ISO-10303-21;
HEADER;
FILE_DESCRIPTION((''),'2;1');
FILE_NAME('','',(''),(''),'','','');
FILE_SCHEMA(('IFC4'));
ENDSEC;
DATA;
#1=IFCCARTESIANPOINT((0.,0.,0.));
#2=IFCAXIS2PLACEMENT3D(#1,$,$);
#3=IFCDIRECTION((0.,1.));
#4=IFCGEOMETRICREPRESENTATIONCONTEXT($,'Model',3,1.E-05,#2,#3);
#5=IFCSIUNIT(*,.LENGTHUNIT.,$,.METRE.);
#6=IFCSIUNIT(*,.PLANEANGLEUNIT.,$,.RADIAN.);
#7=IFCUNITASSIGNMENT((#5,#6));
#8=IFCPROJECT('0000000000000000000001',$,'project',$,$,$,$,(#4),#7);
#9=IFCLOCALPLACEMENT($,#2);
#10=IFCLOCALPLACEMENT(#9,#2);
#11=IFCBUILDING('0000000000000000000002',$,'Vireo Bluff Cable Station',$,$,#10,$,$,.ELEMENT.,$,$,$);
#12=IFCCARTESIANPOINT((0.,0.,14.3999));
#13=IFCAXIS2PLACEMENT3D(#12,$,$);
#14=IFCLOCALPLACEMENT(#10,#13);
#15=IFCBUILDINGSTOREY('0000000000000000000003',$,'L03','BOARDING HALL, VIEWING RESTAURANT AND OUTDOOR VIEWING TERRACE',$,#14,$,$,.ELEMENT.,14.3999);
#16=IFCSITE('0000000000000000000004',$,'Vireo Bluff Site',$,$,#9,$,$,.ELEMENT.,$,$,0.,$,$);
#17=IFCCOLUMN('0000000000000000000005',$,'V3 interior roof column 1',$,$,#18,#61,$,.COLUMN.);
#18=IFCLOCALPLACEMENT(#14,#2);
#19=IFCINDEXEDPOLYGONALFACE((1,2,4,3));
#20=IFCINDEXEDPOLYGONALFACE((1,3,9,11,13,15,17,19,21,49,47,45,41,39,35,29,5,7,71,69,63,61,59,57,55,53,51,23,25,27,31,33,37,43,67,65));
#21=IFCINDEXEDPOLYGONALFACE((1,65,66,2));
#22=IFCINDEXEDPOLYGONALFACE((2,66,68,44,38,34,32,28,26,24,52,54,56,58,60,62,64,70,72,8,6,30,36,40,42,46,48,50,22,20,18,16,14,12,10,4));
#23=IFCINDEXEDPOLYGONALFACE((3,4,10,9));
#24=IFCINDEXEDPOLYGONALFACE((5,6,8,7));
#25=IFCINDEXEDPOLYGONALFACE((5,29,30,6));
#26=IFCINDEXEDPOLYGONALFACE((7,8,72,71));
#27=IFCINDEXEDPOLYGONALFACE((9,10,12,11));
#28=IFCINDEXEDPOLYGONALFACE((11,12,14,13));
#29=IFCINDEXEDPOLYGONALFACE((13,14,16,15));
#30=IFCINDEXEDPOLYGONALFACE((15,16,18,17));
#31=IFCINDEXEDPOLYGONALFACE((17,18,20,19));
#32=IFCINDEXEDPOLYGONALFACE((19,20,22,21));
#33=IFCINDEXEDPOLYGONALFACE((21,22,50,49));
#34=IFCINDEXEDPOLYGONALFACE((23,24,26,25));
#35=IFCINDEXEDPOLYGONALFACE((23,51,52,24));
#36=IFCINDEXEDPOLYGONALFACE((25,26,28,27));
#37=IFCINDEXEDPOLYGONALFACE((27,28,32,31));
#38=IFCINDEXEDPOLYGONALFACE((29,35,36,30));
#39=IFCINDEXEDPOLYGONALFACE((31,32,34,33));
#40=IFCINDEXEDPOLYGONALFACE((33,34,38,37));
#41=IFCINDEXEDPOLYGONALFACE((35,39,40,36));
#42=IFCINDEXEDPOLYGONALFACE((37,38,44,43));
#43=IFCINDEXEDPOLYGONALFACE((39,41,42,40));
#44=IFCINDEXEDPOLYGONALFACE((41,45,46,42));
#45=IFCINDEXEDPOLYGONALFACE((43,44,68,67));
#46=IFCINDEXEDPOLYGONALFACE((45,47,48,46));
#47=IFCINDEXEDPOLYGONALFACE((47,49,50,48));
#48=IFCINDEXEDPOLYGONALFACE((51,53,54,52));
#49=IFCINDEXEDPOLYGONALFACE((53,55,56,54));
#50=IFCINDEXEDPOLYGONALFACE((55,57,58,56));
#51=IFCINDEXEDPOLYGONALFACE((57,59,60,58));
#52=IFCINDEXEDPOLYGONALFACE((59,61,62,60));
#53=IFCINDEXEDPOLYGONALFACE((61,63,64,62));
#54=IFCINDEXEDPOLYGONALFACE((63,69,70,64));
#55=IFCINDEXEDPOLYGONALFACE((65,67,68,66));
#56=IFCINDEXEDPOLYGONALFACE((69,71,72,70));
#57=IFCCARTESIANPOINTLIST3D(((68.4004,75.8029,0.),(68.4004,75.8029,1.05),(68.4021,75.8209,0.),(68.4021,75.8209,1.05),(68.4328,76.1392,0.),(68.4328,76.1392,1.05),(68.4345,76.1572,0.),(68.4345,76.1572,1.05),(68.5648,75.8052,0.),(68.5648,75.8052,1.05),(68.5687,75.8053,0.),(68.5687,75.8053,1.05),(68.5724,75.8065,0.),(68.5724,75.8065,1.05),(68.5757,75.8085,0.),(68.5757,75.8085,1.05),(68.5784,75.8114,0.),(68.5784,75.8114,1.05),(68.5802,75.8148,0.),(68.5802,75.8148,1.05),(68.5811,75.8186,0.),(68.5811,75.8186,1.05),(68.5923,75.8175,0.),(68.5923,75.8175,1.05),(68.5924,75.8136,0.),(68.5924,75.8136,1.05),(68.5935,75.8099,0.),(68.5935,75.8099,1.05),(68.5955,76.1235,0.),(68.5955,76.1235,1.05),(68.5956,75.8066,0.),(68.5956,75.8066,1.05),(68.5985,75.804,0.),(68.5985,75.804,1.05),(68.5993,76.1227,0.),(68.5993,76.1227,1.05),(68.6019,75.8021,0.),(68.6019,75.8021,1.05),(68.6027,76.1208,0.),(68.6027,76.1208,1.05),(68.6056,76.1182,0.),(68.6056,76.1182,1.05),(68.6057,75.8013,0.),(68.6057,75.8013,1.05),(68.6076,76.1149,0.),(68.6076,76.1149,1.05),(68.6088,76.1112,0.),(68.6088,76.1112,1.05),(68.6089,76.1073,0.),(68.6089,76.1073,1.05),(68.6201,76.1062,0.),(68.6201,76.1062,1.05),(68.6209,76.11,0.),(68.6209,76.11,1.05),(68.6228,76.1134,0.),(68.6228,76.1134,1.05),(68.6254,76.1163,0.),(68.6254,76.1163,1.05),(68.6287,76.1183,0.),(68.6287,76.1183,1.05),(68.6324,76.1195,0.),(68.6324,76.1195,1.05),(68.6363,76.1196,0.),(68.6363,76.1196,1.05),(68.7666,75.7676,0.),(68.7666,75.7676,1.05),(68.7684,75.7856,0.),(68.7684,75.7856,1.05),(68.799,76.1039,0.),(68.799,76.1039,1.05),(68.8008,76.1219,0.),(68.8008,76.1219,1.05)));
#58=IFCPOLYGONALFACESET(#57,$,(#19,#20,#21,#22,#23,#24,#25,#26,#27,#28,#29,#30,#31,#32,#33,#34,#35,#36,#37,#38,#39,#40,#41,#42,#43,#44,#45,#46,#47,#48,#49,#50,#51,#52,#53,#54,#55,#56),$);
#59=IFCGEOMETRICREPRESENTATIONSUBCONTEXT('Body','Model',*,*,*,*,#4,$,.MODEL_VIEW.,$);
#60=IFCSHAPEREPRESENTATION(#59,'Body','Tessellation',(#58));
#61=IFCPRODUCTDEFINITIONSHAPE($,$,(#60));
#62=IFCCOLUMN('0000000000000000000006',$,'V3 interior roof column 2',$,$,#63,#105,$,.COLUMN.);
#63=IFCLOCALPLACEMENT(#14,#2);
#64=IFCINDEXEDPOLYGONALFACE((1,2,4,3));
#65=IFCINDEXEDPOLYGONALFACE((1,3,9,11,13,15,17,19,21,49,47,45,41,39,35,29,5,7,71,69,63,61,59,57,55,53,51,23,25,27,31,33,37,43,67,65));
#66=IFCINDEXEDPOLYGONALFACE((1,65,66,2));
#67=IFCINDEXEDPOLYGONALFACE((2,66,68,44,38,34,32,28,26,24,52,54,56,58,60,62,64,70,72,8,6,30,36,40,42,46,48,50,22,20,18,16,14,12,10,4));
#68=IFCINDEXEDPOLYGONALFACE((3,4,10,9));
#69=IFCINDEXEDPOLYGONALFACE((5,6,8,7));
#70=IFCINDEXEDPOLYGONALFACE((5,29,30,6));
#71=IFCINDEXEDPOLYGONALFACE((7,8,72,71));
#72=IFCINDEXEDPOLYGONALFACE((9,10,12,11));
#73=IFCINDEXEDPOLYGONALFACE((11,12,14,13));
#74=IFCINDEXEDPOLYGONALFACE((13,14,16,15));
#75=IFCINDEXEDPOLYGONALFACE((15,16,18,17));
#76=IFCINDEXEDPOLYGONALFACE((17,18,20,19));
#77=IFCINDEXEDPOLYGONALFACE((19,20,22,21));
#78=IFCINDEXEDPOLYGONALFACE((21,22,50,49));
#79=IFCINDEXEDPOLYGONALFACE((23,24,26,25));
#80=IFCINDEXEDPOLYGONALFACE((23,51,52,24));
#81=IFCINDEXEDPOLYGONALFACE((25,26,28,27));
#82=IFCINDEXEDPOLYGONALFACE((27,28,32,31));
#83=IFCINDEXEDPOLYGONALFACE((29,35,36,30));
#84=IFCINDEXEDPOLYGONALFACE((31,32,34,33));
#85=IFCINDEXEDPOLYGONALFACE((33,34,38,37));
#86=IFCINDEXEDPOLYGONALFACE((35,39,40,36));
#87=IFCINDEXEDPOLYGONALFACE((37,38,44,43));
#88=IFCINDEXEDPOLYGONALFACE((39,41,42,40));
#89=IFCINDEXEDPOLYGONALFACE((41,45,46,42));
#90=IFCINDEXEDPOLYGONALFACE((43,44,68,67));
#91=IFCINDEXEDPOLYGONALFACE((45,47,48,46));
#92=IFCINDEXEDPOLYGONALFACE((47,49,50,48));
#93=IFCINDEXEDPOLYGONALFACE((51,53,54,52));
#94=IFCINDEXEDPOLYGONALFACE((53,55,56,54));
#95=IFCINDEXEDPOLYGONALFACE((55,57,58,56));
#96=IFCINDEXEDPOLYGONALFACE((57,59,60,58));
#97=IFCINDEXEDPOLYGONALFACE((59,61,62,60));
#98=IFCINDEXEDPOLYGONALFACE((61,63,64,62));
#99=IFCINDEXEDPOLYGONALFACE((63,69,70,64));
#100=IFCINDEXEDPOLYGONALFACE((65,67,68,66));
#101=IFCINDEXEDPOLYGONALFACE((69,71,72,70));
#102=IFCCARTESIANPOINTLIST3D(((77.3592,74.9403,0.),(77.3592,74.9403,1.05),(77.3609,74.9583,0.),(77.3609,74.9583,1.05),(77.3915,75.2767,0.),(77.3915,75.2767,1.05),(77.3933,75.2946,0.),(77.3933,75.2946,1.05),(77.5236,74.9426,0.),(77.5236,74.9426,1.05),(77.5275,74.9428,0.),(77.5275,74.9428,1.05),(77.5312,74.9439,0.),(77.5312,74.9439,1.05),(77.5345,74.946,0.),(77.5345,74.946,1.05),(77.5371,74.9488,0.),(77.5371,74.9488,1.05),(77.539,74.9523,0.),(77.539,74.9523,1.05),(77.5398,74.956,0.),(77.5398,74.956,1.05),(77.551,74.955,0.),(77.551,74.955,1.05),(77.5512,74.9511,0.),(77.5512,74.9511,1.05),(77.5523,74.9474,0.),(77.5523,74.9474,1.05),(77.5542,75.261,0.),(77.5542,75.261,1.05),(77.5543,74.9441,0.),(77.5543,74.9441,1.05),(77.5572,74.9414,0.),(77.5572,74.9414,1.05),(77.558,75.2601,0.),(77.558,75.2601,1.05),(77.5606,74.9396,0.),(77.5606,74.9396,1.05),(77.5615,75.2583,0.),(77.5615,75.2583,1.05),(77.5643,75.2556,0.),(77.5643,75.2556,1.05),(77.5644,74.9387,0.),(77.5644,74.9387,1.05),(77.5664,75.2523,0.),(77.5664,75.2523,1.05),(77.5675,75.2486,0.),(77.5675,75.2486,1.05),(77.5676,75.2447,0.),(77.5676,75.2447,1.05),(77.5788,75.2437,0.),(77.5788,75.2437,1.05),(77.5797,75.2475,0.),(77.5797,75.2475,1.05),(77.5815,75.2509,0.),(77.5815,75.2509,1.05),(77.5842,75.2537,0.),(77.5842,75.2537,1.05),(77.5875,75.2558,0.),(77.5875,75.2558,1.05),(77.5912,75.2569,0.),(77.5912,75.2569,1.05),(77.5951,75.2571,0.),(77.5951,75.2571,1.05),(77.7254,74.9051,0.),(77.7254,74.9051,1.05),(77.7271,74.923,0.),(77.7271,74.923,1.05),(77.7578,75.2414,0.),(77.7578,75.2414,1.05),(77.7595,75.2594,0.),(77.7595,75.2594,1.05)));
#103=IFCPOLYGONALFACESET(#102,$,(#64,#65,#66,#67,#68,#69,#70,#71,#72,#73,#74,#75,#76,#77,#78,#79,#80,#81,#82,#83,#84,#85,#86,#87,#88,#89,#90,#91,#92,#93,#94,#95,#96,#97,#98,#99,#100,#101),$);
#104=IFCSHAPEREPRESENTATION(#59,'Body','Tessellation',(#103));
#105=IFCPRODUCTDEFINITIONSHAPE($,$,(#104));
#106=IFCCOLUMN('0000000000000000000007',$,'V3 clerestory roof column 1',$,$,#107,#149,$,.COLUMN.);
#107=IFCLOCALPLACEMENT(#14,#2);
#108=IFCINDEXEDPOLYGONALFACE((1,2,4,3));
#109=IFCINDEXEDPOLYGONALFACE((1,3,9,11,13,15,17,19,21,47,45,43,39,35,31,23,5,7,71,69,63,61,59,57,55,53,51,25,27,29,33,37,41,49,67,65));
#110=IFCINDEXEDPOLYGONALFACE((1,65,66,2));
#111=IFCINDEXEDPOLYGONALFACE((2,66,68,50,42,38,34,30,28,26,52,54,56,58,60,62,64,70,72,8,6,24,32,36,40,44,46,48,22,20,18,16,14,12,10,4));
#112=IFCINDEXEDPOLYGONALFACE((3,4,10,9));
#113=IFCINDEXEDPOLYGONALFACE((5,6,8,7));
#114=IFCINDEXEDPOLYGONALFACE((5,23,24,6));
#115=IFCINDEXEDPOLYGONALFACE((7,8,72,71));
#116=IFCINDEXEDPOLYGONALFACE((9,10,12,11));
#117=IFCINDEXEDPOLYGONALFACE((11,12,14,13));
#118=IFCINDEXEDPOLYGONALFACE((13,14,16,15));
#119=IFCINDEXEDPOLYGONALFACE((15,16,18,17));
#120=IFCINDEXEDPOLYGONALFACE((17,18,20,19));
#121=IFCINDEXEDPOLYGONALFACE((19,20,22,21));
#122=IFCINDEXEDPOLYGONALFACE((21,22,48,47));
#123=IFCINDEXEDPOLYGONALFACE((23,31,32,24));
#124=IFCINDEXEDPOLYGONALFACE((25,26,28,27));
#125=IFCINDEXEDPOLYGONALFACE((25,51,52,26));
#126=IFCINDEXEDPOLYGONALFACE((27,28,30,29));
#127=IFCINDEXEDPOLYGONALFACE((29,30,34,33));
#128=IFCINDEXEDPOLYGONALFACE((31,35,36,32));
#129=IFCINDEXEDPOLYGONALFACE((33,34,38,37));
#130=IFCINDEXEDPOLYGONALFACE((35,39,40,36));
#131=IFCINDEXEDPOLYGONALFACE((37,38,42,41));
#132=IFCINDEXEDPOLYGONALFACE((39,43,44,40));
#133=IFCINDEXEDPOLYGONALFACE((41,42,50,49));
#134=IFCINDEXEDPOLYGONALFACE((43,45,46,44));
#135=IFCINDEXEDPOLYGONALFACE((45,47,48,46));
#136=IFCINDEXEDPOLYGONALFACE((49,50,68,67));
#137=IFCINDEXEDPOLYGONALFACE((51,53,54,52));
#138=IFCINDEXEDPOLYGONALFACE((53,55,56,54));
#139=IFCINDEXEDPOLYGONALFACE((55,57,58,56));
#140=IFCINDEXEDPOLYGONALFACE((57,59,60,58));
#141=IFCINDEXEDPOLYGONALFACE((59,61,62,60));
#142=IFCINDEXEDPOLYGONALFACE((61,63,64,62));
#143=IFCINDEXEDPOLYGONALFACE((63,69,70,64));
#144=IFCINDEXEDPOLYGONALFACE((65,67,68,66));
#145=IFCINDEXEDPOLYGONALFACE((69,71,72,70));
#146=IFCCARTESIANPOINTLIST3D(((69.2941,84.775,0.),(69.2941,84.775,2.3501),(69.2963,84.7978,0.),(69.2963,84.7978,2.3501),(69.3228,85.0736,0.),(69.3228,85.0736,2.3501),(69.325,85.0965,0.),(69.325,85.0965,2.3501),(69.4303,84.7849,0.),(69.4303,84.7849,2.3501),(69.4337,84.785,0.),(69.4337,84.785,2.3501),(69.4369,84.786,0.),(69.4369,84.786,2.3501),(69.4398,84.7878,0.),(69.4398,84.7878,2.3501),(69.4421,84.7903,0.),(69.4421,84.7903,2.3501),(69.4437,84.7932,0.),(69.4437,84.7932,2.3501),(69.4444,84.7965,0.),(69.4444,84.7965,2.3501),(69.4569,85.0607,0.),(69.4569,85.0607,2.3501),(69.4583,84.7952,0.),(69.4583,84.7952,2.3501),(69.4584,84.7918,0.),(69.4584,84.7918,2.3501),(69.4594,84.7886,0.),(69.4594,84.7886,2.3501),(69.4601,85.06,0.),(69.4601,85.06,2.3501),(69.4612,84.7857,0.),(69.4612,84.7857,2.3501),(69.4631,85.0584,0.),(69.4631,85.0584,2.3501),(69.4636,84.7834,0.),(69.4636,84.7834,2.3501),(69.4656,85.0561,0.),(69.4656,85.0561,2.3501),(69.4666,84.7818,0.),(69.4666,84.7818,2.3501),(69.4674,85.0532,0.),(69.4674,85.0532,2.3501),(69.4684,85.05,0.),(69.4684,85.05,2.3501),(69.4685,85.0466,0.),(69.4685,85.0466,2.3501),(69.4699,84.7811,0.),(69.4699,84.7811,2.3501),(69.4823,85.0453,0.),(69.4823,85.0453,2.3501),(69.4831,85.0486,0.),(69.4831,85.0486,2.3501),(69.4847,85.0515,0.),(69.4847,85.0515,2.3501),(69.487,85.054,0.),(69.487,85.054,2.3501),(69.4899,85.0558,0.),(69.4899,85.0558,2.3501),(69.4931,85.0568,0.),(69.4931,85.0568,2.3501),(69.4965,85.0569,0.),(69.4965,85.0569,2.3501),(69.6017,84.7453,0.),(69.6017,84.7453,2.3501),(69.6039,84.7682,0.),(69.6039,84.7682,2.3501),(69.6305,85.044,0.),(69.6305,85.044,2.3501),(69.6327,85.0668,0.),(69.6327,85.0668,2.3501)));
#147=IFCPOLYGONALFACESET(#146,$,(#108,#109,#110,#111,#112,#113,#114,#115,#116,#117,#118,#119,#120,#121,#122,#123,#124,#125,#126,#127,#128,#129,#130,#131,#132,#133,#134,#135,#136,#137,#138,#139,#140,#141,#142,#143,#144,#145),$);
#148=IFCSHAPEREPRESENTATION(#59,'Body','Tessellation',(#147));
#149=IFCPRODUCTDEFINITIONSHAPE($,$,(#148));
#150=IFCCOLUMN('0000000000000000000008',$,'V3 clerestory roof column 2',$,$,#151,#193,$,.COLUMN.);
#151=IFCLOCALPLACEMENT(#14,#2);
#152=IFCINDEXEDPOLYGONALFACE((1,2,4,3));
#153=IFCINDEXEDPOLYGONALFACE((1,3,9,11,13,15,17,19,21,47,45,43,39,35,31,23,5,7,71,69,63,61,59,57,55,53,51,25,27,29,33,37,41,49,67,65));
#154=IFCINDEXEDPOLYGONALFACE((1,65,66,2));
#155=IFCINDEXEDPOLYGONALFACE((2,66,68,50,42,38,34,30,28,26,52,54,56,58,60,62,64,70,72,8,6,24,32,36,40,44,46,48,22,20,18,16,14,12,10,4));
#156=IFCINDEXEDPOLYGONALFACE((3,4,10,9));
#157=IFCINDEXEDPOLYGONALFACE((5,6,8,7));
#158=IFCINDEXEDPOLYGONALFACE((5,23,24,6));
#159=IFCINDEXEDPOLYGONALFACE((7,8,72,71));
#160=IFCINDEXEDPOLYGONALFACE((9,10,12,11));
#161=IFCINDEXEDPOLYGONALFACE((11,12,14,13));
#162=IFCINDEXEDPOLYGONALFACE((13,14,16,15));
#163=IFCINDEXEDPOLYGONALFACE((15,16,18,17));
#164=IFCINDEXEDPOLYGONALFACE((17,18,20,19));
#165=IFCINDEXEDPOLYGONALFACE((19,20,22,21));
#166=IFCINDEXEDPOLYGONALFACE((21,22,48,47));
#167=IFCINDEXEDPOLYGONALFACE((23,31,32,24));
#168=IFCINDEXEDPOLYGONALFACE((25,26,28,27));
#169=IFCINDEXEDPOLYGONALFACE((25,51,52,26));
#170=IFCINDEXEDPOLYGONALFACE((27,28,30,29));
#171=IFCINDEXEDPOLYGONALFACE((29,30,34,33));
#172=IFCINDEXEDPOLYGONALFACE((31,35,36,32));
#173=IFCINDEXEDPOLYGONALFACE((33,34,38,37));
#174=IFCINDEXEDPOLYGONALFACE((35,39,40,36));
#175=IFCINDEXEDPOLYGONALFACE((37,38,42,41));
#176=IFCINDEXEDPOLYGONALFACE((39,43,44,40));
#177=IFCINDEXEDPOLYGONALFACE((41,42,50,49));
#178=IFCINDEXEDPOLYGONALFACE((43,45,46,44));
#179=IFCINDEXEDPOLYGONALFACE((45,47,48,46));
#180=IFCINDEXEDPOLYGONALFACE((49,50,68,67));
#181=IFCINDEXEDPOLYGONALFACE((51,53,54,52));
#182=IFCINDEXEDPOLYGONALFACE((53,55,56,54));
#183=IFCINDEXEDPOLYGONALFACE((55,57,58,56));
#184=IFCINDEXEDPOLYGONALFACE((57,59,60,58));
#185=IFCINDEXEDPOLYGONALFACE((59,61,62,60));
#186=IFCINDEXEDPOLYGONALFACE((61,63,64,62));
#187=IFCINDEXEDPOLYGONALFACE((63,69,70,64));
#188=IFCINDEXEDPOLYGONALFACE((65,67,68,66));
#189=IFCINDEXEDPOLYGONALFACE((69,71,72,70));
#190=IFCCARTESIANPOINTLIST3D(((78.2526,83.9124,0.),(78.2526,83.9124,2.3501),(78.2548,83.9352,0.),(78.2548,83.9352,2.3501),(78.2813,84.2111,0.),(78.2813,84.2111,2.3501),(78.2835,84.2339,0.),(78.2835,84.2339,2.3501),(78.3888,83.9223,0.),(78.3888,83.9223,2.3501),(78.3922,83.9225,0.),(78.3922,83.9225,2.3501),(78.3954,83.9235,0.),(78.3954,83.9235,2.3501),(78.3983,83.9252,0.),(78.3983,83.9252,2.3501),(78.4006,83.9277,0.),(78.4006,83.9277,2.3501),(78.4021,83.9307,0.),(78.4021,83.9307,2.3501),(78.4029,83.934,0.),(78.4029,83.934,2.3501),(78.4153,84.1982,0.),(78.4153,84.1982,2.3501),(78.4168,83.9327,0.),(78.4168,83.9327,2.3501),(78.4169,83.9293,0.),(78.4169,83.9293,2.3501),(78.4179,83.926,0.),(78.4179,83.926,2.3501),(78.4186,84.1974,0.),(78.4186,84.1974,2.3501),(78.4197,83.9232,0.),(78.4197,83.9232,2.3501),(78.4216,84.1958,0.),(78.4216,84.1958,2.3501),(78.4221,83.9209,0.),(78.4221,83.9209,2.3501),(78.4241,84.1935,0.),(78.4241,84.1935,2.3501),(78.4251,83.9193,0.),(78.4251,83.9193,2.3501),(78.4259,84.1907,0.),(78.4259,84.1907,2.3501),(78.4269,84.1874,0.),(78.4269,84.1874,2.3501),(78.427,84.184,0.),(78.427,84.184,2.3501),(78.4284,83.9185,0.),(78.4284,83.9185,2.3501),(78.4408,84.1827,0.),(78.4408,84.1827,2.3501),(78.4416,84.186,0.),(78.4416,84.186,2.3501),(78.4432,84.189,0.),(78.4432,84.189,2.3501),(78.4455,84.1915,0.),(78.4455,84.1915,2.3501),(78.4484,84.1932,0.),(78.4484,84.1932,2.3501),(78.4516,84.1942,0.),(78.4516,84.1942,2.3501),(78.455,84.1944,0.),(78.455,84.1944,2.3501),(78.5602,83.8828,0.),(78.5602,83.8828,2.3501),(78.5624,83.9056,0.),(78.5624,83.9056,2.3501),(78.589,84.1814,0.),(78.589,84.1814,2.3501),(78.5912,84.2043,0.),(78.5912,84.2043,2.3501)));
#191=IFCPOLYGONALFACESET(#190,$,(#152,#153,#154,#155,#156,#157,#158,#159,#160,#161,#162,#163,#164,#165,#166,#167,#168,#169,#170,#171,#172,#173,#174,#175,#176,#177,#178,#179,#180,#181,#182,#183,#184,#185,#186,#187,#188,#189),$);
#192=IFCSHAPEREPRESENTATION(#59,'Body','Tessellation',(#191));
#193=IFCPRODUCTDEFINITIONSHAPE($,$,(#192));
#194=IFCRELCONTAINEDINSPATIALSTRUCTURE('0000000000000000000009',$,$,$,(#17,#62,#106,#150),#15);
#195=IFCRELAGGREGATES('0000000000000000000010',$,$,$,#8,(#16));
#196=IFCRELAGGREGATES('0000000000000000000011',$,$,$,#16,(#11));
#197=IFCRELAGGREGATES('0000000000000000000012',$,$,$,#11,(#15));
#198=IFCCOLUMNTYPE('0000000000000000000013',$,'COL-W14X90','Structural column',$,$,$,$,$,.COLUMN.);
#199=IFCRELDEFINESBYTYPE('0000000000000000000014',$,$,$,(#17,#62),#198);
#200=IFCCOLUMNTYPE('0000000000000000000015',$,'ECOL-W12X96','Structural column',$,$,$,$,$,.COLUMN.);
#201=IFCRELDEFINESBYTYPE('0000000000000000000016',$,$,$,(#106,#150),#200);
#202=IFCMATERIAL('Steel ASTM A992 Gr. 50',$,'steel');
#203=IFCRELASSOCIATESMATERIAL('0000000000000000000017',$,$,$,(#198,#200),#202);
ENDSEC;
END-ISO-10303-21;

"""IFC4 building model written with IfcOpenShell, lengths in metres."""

from ifc_helpers import new_model, si_unit, direction, frame, origin, origin_2d, place, context, subcontext, project, spatial, i_section, extrude, material, material_profile, profile_set, type_object, element, save


model = new_model("IFC4")

# Units and contexts
model_context = context("Model", 3, precision=1e-05, world=origin(), true_north=direction((0.0, 1.0)))
body_context = subcontext(model_context, "Body", "Model", "MODEL_VIEW")
ifc_project = project(units=[si_unit("LENGTHUNIT", "METRE"), si_unit("PLANEANGLEUNIT", "RADIAN")], contexts=[model_context])

# Site, building, storey
site_placement = place(None, origin())
site = spatial("IfcSite", under=ifc_project, at=site_placement, Name="Vireo Bluff Site", CompositionType="ELEMENT", RefElevation=0.0)
building_placement = place(site_placement, origin())
building = spatial("IfcBuilding", under=site, at=building_placement, Name="Vireo Bluff Cable Station", CompositionType="ELEMENT")
storey_placement = place(building_placement, frame((0.0, 0.0, 14.3999)))
storey = spatial("IfcBuildingStorey", under=building, at=storey_placement, Name="L03", Description="BOARDING HALL, VIEWING RESTAURANT AND OUTDOOR VIEWING TERRACE", CompositionType="ELEMENT", Elevation=14.3999)

# Columns
ifc_material_1 = material(Name="Steel ASTM A992 Gr. 50", Category="steel")
ifc_material_profile_1 = material_profile(ifc_material_1, i_section(OverallWidth=0.3679, OverallDepth=0.356, WebThickness=0.0112, FlangeThickness=0.0181, FilletRadius=0.0149, at=origin_2d()), Name="W14X90")
ifc_profile_set_1 = profile_set([ifc_material_profile_1], Name="Steel ASTM A992 Gr. 50")
column_type_1 = type_object("IfcColumnType", Name="COL-W14X90", Description="Structural column", PredefinedType="COLUMN", material=ifc_profile_set_1)
for number, where, z_axis, x_axis, name in (
    (1, (68.6006, 75.9624, 0.0), (0.0, 0.0, 1.0), (0.995396, -0.095846, 0.0), "V3 interior roof column 1"),
    (2, (77.5593, 75.0999, 0.0), (0.0, 0.0, 1.0), (0.995396, -0.095846, 0.0), "V3 interior roof column 2"),
):
    element("IfcColumn", number, at=place(storey_placement, frame(where, z_axis=z_axis, x_axis=x_axis)), inside=storey, type_object=column_type_1, Name=name, PredefinedType="COLUMN", context=body_context, shape_type="SweptSolid", body=[
        extrude(i_section(OverallWidth=0.3679, OverallDepth=0.356, WebThickness=0.0112, FlangeThickness=0.0181, FilletRadius=0.0149, at=origin_2d()), origin(), (0.0, 0.0, 1.0), 1.05),
    ])
ifc_material_profile_2 = material_profile(ifc_material_1, i_section(OverallWidth=0.3091, OverallDepth=0.323, WebThickness=0.0139, FlangeThickness=0.0229, FilletRadius=0.0129, at=origin_2d()), Name="W12X96")
ifc_profile_set_2 = profile_set([ifc_material_profile_2], Name="Steel ASTM A992 Gr. 50")
column_type_2 = type_object("IfcColumnType", Name="ECOL-W12X96", Description="Structural column", PredefinedType="COLUMN", material=ifc_profile_set_2)
for number, where, z_axis, x_axis, name in (
    (3, (69.4634, 84.9209, 0.0), (0.0, 0.0, 1.0), (0.995396, -0.095846, 0.0), "V3 clerestory roof column 1"),
    (4, (78.4219, 84.0583, 0.0), (0.0, 0.0, 1.0), (0.995396, -0.095846, 0.0), "V3 clerestory roof column 2"),
):
    element("IfcColumn", number, at=place(storey_placement, frame(where, z_axis=z_axis, x_axis=x_axis)), inside=storey, type_object=column_type_2, Name=name, PredefinedType="COLUMN", context=body_context, shape_type="SweptSolid", body=[
        extrude(i_section(OverallWidth=0.3091, OverallDepth=0.323, WebThickness=0.0139, FlangeThickness=0.0229, FilletRadius=0.0129, at=origin_2d()), origin(), (0.0, 0.0, 1.0), 2.3501),
    ])

save(model, "model.ifc")
